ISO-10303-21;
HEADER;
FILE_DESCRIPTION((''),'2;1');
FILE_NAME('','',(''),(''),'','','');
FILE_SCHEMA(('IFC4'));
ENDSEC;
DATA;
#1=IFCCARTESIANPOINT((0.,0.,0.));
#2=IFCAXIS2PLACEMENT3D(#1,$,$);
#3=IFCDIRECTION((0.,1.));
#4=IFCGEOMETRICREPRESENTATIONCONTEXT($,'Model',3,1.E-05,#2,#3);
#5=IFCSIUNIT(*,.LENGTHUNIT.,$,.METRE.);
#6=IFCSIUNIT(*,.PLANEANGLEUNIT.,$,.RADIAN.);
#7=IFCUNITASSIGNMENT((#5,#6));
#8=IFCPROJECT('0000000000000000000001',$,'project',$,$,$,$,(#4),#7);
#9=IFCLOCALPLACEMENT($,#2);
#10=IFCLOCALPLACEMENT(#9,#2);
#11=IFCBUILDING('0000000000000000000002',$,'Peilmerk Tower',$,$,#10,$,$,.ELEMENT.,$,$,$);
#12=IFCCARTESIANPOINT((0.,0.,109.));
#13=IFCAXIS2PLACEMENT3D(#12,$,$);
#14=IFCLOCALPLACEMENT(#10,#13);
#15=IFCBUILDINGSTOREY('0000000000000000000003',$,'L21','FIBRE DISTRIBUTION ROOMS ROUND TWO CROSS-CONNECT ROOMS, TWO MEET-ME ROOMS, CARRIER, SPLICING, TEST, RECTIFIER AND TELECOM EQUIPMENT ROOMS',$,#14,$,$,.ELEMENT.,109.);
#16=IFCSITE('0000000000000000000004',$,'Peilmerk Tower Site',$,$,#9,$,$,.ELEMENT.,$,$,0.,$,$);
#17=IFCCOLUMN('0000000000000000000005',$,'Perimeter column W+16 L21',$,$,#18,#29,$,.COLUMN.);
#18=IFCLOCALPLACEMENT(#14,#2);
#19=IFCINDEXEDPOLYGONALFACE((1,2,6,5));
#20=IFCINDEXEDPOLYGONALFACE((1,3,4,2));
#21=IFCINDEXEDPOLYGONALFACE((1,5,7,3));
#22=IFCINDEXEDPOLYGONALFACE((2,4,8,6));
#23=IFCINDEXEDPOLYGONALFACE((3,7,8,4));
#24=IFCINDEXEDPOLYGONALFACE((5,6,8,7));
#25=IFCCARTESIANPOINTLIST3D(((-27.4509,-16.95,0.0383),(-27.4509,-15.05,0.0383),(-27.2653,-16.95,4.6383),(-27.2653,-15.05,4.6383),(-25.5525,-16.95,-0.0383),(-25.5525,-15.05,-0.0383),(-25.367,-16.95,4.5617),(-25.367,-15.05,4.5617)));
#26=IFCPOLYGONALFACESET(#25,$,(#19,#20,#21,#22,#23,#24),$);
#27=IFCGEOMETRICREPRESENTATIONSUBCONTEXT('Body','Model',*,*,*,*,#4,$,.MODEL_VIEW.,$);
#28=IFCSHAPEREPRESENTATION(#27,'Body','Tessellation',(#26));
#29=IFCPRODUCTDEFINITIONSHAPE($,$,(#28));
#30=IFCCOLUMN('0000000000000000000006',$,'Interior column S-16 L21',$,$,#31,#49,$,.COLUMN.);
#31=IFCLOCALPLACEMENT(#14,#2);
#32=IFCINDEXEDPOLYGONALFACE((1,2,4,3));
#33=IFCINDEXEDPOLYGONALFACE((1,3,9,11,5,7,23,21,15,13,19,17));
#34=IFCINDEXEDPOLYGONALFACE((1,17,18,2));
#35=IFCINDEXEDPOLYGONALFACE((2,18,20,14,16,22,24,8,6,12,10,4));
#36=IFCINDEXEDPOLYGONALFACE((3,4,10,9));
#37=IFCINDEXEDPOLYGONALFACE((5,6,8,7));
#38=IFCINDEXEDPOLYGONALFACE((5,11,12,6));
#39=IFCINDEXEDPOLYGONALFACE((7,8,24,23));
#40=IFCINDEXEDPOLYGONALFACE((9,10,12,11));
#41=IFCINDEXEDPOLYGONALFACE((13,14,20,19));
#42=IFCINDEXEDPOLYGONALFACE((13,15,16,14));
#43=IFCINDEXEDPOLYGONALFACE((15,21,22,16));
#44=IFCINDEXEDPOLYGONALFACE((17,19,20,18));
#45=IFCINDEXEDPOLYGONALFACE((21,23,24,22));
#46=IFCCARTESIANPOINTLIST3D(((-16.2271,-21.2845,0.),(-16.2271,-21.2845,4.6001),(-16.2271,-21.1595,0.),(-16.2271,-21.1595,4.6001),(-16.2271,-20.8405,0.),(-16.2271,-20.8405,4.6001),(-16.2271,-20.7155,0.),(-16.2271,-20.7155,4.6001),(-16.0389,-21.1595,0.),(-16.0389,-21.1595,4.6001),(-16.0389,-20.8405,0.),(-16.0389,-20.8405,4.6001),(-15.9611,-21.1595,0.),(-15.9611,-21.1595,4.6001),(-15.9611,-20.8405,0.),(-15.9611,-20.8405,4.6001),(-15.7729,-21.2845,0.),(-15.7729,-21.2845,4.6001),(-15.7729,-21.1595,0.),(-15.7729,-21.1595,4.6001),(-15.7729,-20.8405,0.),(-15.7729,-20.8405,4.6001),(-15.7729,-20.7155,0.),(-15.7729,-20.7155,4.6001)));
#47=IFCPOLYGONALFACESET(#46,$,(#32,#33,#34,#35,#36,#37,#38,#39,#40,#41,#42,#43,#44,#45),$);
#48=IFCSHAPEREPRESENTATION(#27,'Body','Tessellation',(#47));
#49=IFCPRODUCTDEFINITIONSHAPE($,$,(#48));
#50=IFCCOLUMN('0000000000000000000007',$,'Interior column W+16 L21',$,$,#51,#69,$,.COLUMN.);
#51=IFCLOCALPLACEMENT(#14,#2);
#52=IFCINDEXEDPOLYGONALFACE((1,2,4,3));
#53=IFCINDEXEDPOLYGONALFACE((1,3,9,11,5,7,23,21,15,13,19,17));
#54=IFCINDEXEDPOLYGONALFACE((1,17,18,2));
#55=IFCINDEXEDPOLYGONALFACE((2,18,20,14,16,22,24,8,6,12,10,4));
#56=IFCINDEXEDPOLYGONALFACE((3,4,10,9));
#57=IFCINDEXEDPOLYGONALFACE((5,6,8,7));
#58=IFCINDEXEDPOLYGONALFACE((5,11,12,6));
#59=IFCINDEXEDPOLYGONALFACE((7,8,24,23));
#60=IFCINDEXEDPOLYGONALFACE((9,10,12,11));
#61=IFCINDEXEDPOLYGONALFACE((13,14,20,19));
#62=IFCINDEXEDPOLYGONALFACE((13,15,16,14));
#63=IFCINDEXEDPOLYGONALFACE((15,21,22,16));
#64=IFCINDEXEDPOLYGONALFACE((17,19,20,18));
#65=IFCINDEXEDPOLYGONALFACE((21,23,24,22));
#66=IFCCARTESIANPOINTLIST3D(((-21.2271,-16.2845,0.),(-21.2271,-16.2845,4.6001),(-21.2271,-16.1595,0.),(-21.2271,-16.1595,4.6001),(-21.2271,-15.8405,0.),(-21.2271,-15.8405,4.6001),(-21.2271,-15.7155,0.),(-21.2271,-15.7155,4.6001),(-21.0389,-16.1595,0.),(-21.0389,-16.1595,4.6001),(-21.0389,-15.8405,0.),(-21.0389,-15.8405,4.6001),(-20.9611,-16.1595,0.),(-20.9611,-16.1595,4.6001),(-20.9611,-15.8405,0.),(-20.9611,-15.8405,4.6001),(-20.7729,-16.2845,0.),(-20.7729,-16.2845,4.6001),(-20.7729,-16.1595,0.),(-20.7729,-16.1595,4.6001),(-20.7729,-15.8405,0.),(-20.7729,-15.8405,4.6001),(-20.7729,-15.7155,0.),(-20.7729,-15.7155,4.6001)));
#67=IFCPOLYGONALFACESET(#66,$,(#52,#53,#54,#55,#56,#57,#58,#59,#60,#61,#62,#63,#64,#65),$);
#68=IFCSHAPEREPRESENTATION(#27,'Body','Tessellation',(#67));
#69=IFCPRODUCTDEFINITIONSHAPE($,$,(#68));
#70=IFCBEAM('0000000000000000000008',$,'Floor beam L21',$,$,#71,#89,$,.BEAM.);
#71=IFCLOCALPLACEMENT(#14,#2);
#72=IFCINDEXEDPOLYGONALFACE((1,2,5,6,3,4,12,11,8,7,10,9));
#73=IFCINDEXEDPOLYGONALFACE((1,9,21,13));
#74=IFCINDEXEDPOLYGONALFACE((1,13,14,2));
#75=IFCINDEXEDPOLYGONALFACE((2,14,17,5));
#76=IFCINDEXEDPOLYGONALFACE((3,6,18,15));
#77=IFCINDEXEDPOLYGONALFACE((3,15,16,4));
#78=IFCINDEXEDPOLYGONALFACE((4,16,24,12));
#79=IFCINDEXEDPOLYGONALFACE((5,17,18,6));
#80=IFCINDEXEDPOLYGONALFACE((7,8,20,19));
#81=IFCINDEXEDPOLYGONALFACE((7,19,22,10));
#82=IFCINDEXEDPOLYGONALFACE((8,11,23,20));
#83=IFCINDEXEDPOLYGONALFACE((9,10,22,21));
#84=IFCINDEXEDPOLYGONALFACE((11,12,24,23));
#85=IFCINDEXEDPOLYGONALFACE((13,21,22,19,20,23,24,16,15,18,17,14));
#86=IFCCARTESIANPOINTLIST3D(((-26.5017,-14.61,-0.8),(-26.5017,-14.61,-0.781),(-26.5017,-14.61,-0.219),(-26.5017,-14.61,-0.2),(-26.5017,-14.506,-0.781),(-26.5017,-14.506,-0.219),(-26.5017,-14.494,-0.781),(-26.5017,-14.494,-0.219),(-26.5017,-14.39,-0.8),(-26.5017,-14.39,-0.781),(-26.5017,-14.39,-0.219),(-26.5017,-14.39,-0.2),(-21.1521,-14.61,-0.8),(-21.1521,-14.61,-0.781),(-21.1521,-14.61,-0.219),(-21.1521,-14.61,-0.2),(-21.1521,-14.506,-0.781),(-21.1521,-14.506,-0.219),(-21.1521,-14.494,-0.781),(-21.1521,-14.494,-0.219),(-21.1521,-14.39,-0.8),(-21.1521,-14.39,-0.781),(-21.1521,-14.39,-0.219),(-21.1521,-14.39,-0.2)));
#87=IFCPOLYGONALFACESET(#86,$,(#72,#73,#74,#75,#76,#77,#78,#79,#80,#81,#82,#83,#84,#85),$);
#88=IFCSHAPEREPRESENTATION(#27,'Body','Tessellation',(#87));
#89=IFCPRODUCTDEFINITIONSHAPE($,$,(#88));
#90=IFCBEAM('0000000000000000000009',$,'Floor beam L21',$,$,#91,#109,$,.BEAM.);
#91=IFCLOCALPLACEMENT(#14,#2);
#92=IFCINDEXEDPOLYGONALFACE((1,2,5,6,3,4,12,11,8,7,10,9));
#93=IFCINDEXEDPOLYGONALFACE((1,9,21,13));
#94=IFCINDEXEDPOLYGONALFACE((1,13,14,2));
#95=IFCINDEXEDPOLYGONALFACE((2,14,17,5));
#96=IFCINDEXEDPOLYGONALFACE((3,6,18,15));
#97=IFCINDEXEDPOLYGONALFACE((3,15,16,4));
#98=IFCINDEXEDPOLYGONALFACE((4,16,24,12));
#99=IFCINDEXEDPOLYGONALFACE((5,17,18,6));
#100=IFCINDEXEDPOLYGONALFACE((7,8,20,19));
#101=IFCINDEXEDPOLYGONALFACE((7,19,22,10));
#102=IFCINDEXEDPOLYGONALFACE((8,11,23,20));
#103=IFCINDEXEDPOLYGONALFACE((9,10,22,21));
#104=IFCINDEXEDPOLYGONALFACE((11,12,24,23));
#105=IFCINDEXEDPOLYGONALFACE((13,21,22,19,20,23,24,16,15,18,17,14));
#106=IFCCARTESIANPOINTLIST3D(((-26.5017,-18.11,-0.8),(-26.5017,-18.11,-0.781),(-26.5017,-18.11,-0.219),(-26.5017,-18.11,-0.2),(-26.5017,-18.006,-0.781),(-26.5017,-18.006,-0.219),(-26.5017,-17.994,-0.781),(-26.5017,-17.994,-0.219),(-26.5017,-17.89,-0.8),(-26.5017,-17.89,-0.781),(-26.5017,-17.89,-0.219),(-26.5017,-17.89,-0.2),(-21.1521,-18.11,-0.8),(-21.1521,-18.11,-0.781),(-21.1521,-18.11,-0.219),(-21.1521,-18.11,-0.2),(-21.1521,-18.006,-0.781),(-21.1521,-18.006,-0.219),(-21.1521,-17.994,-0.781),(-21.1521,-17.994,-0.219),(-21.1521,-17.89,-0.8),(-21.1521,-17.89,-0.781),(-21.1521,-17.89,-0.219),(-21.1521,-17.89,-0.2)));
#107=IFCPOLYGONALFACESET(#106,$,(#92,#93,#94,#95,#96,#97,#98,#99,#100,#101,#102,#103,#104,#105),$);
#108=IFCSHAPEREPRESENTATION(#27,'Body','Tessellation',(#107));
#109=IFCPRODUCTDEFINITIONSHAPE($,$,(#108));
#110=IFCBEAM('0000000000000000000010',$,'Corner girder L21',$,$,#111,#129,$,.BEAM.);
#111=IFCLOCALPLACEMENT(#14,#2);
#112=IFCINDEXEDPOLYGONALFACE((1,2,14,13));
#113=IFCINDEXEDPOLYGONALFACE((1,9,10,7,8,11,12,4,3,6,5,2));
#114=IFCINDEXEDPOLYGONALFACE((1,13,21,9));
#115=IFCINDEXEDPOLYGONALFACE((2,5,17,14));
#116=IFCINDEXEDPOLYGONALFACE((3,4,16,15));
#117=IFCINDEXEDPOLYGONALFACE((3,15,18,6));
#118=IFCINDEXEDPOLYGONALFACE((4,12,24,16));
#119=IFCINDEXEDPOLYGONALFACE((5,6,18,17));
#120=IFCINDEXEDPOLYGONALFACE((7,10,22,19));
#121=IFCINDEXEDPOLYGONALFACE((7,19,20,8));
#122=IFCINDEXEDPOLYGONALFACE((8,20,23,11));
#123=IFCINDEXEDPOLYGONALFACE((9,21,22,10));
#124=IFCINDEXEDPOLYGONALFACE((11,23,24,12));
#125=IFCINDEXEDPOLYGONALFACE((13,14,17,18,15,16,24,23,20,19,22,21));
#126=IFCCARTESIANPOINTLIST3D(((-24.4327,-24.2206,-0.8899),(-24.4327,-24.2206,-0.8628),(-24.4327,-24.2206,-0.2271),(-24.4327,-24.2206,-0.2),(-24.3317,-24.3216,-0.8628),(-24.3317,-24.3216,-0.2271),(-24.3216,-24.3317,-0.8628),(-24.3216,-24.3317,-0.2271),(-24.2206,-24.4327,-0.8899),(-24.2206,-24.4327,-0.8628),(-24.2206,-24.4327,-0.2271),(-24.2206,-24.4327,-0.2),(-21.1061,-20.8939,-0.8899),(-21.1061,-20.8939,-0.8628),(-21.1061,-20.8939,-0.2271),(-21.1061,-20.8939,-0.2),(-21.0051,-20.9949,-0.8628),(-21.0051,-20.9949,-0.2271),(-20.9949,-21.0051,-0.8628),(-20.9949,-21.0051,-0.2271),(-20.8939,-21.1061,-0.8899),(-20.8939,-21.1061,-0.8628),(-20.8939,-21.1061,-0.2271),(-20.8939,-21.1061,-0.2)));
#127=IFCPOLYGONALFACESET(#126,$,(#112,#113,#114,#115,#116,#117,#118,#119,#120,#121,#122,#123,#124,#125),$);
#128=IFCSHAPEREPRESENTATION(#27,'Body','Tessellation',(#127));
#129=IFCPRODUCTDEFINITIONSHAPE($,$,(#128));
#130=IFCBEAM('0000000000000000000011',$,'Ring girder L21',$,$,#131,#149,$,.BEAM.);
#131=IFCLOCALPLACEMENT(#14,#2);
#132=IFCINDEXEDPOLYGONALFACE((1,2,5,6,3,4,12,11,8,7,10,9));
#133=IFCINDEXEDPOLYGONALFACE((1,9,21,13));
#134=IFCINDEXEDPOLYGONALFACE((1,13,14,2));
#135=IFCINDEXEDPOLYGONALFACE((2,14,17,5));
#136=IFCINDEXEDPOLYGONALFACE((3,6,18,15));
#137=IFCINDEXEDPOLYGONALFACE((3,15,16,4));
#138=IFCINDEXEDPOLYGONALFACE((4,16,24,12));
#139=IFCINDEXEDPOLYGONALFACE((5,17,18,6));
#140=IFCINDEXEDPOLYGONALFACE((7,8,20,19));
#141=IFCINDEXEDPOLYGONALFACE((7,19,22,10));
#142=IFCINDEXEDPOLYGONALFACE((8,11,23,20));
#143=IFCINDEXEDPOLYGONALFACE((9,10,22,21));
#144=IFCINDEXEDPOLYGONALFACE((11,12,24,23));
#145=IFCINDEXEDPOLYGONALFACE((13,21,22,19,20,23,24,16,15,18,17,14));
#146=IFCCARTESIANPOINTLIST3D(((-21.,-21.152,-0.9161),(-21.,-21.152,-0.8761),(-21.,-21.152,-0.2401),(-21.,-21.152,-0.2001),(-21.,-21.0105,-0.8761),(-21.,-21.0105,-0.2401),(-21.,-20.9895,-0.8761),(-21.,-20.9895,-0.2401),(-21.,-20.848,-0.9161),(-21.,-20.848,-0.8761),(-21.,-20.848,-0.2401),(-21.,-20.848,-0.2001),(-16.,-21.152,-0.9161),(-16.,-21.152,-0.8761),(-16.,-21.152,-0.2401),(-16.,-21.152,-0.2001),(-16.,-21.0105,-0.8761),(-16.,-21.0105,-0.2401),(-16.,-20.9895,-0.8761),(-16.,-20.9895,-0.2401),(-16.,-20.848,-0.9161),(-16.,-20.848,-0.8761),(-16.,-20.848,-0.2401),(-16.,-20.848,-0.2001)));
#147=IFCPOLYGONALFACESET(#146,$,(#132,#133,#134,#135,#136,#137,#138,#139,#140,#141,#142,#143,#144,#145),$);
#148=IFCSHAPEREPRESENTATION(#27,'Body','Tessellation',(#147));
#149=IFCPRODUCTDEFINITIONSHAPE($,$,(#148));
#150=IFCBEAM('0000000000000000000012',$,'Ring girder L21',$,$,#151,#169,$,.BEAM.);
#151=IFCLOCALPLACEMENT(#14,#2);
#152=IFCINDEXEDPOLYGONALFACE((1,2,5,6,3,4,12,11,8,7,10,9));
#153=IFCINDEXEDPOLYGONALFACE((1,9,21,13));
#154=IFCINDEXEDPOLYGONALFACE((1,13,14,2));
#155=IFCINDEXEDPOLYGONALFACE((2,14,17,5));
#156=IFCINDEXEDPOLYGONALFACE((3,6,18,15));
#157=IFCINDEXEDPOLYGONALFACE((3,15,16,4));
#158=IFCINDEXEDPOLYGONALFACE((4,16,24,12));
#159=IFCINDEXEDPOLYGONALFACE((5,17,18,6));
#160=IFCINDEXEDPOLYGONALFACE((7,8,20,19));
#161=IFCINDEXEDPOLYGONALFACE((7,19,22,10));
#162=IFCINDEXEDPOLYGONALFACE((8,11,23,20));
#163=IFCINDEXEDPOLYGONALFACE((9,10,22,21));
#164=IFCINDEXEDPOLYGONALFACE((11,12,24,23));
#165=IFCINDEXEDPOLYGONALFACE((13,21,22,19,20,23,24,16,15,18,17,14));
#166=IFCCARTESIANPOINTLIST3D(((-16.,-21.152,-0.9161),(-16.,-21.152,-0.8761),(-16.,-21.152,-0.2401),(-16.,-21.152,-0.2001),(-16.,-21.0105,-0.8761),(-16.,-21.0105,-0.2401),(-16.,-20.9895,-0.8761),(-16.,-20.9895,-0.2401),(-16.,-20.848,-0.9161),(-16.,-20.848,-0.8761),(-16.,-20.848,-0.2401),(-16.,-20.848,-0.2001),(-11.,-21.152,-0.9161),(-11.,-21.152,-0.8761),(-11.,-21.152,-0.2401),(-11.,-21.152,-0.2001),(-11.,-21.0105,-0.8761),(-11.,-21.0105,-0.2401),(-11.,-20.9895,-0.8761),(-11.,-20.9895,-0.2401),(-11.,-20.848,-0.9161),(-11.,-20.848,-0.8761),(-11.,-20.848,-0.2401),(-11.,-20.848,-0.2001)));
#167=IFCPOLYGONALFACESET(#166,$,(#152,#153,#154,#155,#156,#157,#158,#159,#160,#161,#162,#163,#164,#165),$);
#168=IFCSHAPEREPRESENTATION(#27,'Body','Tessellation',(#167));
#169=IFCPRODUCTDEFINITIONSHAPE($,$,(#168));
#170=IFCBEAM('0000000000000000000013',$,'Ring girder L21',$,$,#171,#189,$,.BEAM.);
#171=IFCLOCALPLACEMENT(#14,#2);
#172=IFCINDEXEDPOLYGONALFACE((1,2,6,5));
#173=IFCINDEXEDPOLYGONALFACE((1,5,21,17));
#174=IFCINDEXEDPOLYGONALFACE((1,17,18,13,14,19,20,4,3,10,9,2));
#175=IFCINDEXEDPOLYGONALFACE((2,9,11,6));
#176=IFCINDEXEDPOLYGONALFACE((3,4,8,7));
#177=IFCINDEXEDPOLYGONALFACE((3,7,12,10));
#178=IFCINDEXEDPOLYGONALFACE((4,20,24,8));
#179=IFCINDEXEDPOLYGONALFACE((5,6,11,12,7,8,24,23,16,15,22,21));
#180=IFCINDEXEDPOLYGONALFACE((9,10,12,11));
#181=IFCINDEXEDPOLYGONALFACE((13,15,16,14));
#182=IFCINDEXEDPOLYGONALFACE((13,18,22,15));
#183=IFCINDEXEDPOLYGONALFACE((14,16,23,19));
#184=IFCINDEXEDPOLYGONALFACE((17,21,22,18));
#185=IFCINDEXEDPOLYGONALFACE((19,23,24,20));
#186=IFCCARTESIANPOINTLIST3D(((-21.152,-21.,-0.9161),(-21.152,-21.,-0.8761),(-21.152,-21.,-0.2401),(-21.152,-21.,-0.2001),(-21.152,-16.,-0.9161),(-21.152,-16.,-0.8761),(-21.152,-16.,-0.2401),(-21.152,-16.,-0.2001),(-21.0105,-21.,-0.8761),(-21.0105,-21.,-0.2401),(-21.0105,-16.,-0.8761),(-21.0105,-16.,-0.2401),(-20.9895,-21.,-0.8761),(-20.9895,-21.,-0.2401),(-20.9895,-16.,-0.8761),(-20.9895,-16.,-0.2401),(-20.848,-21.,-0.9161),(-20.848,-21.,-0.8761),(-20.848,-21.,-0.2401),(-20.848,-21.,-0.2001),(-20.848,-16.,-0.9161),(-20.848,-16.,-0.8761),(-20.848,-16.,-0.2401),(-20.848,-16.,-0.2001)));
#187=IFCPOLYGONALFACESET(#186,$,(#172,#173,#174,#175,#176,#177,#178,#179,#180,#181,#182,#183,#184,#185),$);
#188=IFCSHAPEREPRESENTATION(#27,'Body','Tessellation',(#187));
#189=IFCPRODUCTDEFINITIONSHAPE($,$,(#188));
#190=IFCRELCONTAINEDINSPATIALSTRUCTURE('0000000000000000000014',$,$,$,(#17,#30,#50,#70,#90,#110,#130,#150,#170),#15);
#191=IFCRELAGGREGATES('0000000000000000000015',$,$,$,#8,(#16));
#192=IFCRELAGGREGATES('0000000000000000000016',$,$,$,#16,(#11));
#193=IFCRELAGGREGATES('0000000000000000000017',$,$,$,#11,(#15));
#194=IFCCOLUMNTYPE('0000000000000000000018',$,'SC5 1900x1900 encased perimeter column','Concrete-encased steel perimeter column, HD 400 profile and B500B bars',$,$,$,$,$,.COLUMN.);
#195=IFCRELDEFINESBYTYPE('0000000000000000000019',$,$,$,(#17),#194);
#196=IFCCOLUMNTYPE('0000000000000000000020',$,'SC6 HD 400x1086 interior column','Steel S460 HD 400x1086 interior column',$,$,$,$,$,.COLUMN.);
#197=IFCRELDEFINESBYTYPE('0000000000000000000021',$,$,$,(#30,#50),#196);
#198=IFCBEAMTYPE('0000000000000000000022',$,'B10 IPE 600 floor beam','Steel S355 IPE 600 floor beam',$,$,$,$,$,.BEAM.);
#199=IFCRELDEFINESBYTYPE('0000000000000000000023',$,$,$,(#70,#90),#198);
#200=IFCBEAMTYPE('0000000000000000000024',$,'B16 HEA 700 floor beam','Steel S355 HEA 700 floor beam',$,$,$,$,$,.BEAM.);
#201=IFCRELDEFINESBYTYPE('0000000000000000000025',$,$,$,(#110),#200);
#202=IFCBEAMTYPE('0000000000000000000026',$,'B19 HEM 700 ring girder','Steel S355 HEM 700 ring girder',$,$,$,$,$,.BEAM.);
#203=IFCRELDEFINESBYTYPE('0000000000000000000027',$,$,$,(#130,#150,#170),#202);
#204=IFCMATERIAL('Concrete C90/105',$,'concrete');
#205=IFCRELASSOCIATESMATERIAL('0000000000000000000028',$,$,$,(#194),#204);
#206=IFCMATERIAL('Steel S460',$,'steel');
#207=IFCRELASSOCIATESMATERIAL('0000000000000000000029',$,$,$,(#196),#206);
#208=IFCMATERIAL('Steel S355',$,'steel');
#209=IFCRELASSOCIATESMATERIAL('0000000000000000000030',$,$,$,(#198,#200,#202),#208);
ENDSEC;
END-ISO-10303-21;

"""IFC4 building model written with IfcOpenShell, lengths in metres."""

from ifc_helpers import new_model, si_unit, direction, frame, origin, origin_2d, place, context, subcontext, project, spatial, rectangle, i_section, extrude, material, material_profile, profile_set, type_object, element, save


model = new_model("IFC4")

# Units and contexts
model_context = context("Model", 3, precision=1e-05, world=origin(), true_north=direction((0.0, 1.0)))
body_context = subcontext(model_context, "Body", "Model", "MODEL_VIEW")
ifc_project = project(units=[si_unit("LENGTHUNIT", "METRE"), si_unit("PLANEANGLEUNIT", "RADIAN")], contexts=[model_context])

# Site, building, storey
site_placement = place(None, origin())
site = spatial("IfcSite", under=ifc_project, at=site_placement, Name="Peilmerk Tower Site", CompositionType="ELEMENT", RefElevation=0.0)
building_placement = place(site_placement, origin())
building = spatial("IfcBuilding", under=site, at=building_placement, Name="Peilmerk Tower", CompositionType="ELEMENT")
storey_placement = place(building_placement, frame((0.0, 0.0, 109.0)))
storey = spatial("IfcBuildingStorey", under=building, at=storey_placement, Name="L21", Description="FIBRE DISTRIBUTION ROOMS ROUND TWO CROSS-CONNECT ROOMS, TWO MEET-ME ROOMS, CARRIER, SPLICING, TEST, RECTIFIER AND TELECOM EQUIPMENT ROOMS", CompositionType="ELEMENT", Elevation=109.0)

# Columns
ifc_material_1 = material(Name="Concrete C90/105", Category="concrete")
ifc_material_profile_1 = material_profile(ifc_material_1, rectangle(XDim=1.8999, YDim=1.8999, at=origin_2d()), Name="RC 1900x1900")
ifc_profile_set_1 = profile_set([ifc_material_profile_1], Name="Concrete C90/105")
column_type_1 = type_object("IfcColumnType", Name="SC5 1900x1900 encased perimeter column", Description="Concrete-encased steel perimeter column, HD 400 profile and B500B bars", PredefinedType="COLUMN", material=ifc_profile_set_1)
column_placement = place(storey_placement, frame((-26.5017, -16.0, 0.0), z_axis=(0.040303, 0.0, 0.999188), x_axis=(0.0, 1.0, 0.0)))
element("IfcColumn", 1, at=column_placement, inside=storey, type_object=column_type_1, Name="Perimeter column W+16 L21", PredefinedType="COLUMN", context=body_context, shape_type="SweptSolid", body=[
    extrude(rectangle(XDim=1.8999, YDim=1.8999, at=origin_2d()), origin(), (0.0, 0.0, 1.0), 4.6038),
])
ifc_material_2 = material(Name="Steel S460", Category="steel")
ifc_material_profile_2 = material_profile(ifc_material_2, i_section(OverallWidth=0.4541, OverallDepth=0.5691, WebThickness=0.0779, FlangeThickness=0.125, at=origin_2d()), Name="HD 400x1086")
ifc_profile_set_2 = profile_set([ifc_material_profile_2], Name="Steel S460")
column_type_2 = type_object("IfcColumnType", Name="SC6 HD 400x1086 interior column", Description="Steel S460 HD 400x1086 interior column", PredefinedType="COLUMN", material=ifc_profile_set_2)
for number, where, z_axis, x_axis, name in (
    (2, (-16.0, -21.0, 0.0), (0.0, 0.0, 1.0), (1.0, 0.0, 0.0), "Interior column S-16 L21"),
    (3, (-21.0, -16.0, 0.0), (0.0, 0.0, 1.0), (1.0, 0.0, 0.0), "Interior column W+16 L21"),
):
    element("IfcColumn", number, at=place(storey_placement, frame(where, z_axis=z_axis, x_axis=x_axis)), inside=storey, type_object=column_type_2, Name=name, PredefinedType="COLUMN", context=body_context, shape_type="SweptSolid", body=[
        extrude(i_section(OverallWidth=0.4541, OverallDepth=0.5691, WebThickness=0.0779, FlangeThickness=0.125, at=origin_2d()), origin(), (0.0, 0.0, 1.0), 4.6001),
    ])

# Beams
ifc_material_3 = material(Name="Steel S355", Category="steel")
ifc_material_profile_3 = material_profile(ifc_material_3, i_section(OverallWidth=0.22, OverallDepth=0.6001, WebThickness=0.012, FlangeThickness=0.019, at=origin_2d()), Name="IPE 600")
ifc_profile_set_3 = profile_set([ifc_material_profile_3], Name="Steel S355")
beam_type_1 = type_object("IfcBeamType", Name="B10 IPE 600 floor beam", Description="Steel S355 IPE 600 floor beam", PredefinedType="BEAM", material=ifc_profile_set_3)
for number, where, z_axis, x_axis, name in (
    (4, (-21.1521, -14.5, -0.5), (-1.0, 0.0, 0.0), (0.0, -1.0, 0.0), "Floor beam L21"),
    (5, (-21.1521, -18.0, -0.5), (-1.0, 0.0, 0.0), (0.0, -1.0, 0.0), "Floor beam L21"),
):
    element("IfcBeam", number, at=place(storey_placement, frame(where, z_axis=z_axis, x_axis=x_axis)), inside=storey, type_object=beam_type_1, Name=name, PredefinedType="BEAM", context=body_context, shape_type="SweptSolid", body=[
        extrude(i_section(OverallWidth=0.22, OverallDepth=0.6001, WebThickness=0.012, FlangeThickness=0.019, at=origin_2d()), origin(), (0.0, 0.0, 1.0), 5.3496),
    ])
ifc_material_profile_4 = material_profile(ifc_material_3, i_section(OverallWidth=0.3, OverallDepth=0.6899, WebThickness=0.0144, FlangeThickness=0.0271, at=origin_2d()), Name="HEA 700")
ifc_profile_set_4 = profile_set([ifc_material_profile_4], Name="Steel S355")
beam_type_2 = type_object("IfcBeamType", Name="B16 HEA 700 floor beam", Description="Steel S355 HEA 700 floor beam", PredefinedType="BEAM", material=ifc_profile_set_4)
beam_1_placement = place(storey_placement, frame((-21.0, -21.0, -0.5449), z_axis=(-0.707107, -0.707107, 0.0), x_axis=(0.707107, -0.707107, 0.0)))
element("IfcBeam", 6, at=beam_1_placement, inside=storey, type_object=beam_type_2, Name="Corner girder L21", PredefinedType="BEAM", context=body_context, shape_type="SweptSolid", body=[
    extrude(i_section(OverallWidth=0.3, OverallDepth=0.6899, WebThickness=0.0144, FlangeThickness=0.0271, at=origin_2d()), origin(), (0.0, 0.0, 1.0), 4.7046),
])
ifc_material_profile_5 = material_profile(ifc_material_3, i_section(OverallWidth=0.304, OverallDepth=0.7161, WebThickness=0.021, FlangeThickness=0.04, at=origin_2d()), Name="HEM 700")
ifc_profile_set_5 = profile_set([ifc_material_profile_5], Name="Steel S355")
beam_type_3 = type_object("IfcBeamType", Name="B19 HEM 700 ring girder", Description="Steel S355 HEM 700 ring girder", PredefinedType="BEAM", material=ifc_profile_set_5)
for number, where, z_axis, x_axis, name in (
    (7, (-21.0, -21.0, -0.5581), (1.0, 0.0, 0.0), (0.0, 1.0, 0.0), "Ring girder L21"),
    (8, (-16.0, -21.0, -0.5581), (1.0, 0.0, 0.0), (0.0, 1.0, 0.0), "Ring girder L21"),
    (9, (-21.0, -16.0, -0.5581), (0.0, -1.0, 0.0), (1.0, 0.0, 0.0), "Ring girder L21"),
):
    element("IfcBeam", number, at=place(storey_placement, frame(where, z_axis=z_axis, x_axis=x_axis)), inside=storey, type_object=beam_type_3, Name=name, PredefinedType="BEAM", context=body_context, shape_type="SweptSolid", body=[
        extrude(i_section(OverallWidth=0.304, OverallDepth=0.7161, WebThickness=0.021, FlangeThickness=0.04, at=origin_2d()), origin(), (0.0, 0.0, 1.0), 5.0),
    ])

save(model, "model.ifc")
